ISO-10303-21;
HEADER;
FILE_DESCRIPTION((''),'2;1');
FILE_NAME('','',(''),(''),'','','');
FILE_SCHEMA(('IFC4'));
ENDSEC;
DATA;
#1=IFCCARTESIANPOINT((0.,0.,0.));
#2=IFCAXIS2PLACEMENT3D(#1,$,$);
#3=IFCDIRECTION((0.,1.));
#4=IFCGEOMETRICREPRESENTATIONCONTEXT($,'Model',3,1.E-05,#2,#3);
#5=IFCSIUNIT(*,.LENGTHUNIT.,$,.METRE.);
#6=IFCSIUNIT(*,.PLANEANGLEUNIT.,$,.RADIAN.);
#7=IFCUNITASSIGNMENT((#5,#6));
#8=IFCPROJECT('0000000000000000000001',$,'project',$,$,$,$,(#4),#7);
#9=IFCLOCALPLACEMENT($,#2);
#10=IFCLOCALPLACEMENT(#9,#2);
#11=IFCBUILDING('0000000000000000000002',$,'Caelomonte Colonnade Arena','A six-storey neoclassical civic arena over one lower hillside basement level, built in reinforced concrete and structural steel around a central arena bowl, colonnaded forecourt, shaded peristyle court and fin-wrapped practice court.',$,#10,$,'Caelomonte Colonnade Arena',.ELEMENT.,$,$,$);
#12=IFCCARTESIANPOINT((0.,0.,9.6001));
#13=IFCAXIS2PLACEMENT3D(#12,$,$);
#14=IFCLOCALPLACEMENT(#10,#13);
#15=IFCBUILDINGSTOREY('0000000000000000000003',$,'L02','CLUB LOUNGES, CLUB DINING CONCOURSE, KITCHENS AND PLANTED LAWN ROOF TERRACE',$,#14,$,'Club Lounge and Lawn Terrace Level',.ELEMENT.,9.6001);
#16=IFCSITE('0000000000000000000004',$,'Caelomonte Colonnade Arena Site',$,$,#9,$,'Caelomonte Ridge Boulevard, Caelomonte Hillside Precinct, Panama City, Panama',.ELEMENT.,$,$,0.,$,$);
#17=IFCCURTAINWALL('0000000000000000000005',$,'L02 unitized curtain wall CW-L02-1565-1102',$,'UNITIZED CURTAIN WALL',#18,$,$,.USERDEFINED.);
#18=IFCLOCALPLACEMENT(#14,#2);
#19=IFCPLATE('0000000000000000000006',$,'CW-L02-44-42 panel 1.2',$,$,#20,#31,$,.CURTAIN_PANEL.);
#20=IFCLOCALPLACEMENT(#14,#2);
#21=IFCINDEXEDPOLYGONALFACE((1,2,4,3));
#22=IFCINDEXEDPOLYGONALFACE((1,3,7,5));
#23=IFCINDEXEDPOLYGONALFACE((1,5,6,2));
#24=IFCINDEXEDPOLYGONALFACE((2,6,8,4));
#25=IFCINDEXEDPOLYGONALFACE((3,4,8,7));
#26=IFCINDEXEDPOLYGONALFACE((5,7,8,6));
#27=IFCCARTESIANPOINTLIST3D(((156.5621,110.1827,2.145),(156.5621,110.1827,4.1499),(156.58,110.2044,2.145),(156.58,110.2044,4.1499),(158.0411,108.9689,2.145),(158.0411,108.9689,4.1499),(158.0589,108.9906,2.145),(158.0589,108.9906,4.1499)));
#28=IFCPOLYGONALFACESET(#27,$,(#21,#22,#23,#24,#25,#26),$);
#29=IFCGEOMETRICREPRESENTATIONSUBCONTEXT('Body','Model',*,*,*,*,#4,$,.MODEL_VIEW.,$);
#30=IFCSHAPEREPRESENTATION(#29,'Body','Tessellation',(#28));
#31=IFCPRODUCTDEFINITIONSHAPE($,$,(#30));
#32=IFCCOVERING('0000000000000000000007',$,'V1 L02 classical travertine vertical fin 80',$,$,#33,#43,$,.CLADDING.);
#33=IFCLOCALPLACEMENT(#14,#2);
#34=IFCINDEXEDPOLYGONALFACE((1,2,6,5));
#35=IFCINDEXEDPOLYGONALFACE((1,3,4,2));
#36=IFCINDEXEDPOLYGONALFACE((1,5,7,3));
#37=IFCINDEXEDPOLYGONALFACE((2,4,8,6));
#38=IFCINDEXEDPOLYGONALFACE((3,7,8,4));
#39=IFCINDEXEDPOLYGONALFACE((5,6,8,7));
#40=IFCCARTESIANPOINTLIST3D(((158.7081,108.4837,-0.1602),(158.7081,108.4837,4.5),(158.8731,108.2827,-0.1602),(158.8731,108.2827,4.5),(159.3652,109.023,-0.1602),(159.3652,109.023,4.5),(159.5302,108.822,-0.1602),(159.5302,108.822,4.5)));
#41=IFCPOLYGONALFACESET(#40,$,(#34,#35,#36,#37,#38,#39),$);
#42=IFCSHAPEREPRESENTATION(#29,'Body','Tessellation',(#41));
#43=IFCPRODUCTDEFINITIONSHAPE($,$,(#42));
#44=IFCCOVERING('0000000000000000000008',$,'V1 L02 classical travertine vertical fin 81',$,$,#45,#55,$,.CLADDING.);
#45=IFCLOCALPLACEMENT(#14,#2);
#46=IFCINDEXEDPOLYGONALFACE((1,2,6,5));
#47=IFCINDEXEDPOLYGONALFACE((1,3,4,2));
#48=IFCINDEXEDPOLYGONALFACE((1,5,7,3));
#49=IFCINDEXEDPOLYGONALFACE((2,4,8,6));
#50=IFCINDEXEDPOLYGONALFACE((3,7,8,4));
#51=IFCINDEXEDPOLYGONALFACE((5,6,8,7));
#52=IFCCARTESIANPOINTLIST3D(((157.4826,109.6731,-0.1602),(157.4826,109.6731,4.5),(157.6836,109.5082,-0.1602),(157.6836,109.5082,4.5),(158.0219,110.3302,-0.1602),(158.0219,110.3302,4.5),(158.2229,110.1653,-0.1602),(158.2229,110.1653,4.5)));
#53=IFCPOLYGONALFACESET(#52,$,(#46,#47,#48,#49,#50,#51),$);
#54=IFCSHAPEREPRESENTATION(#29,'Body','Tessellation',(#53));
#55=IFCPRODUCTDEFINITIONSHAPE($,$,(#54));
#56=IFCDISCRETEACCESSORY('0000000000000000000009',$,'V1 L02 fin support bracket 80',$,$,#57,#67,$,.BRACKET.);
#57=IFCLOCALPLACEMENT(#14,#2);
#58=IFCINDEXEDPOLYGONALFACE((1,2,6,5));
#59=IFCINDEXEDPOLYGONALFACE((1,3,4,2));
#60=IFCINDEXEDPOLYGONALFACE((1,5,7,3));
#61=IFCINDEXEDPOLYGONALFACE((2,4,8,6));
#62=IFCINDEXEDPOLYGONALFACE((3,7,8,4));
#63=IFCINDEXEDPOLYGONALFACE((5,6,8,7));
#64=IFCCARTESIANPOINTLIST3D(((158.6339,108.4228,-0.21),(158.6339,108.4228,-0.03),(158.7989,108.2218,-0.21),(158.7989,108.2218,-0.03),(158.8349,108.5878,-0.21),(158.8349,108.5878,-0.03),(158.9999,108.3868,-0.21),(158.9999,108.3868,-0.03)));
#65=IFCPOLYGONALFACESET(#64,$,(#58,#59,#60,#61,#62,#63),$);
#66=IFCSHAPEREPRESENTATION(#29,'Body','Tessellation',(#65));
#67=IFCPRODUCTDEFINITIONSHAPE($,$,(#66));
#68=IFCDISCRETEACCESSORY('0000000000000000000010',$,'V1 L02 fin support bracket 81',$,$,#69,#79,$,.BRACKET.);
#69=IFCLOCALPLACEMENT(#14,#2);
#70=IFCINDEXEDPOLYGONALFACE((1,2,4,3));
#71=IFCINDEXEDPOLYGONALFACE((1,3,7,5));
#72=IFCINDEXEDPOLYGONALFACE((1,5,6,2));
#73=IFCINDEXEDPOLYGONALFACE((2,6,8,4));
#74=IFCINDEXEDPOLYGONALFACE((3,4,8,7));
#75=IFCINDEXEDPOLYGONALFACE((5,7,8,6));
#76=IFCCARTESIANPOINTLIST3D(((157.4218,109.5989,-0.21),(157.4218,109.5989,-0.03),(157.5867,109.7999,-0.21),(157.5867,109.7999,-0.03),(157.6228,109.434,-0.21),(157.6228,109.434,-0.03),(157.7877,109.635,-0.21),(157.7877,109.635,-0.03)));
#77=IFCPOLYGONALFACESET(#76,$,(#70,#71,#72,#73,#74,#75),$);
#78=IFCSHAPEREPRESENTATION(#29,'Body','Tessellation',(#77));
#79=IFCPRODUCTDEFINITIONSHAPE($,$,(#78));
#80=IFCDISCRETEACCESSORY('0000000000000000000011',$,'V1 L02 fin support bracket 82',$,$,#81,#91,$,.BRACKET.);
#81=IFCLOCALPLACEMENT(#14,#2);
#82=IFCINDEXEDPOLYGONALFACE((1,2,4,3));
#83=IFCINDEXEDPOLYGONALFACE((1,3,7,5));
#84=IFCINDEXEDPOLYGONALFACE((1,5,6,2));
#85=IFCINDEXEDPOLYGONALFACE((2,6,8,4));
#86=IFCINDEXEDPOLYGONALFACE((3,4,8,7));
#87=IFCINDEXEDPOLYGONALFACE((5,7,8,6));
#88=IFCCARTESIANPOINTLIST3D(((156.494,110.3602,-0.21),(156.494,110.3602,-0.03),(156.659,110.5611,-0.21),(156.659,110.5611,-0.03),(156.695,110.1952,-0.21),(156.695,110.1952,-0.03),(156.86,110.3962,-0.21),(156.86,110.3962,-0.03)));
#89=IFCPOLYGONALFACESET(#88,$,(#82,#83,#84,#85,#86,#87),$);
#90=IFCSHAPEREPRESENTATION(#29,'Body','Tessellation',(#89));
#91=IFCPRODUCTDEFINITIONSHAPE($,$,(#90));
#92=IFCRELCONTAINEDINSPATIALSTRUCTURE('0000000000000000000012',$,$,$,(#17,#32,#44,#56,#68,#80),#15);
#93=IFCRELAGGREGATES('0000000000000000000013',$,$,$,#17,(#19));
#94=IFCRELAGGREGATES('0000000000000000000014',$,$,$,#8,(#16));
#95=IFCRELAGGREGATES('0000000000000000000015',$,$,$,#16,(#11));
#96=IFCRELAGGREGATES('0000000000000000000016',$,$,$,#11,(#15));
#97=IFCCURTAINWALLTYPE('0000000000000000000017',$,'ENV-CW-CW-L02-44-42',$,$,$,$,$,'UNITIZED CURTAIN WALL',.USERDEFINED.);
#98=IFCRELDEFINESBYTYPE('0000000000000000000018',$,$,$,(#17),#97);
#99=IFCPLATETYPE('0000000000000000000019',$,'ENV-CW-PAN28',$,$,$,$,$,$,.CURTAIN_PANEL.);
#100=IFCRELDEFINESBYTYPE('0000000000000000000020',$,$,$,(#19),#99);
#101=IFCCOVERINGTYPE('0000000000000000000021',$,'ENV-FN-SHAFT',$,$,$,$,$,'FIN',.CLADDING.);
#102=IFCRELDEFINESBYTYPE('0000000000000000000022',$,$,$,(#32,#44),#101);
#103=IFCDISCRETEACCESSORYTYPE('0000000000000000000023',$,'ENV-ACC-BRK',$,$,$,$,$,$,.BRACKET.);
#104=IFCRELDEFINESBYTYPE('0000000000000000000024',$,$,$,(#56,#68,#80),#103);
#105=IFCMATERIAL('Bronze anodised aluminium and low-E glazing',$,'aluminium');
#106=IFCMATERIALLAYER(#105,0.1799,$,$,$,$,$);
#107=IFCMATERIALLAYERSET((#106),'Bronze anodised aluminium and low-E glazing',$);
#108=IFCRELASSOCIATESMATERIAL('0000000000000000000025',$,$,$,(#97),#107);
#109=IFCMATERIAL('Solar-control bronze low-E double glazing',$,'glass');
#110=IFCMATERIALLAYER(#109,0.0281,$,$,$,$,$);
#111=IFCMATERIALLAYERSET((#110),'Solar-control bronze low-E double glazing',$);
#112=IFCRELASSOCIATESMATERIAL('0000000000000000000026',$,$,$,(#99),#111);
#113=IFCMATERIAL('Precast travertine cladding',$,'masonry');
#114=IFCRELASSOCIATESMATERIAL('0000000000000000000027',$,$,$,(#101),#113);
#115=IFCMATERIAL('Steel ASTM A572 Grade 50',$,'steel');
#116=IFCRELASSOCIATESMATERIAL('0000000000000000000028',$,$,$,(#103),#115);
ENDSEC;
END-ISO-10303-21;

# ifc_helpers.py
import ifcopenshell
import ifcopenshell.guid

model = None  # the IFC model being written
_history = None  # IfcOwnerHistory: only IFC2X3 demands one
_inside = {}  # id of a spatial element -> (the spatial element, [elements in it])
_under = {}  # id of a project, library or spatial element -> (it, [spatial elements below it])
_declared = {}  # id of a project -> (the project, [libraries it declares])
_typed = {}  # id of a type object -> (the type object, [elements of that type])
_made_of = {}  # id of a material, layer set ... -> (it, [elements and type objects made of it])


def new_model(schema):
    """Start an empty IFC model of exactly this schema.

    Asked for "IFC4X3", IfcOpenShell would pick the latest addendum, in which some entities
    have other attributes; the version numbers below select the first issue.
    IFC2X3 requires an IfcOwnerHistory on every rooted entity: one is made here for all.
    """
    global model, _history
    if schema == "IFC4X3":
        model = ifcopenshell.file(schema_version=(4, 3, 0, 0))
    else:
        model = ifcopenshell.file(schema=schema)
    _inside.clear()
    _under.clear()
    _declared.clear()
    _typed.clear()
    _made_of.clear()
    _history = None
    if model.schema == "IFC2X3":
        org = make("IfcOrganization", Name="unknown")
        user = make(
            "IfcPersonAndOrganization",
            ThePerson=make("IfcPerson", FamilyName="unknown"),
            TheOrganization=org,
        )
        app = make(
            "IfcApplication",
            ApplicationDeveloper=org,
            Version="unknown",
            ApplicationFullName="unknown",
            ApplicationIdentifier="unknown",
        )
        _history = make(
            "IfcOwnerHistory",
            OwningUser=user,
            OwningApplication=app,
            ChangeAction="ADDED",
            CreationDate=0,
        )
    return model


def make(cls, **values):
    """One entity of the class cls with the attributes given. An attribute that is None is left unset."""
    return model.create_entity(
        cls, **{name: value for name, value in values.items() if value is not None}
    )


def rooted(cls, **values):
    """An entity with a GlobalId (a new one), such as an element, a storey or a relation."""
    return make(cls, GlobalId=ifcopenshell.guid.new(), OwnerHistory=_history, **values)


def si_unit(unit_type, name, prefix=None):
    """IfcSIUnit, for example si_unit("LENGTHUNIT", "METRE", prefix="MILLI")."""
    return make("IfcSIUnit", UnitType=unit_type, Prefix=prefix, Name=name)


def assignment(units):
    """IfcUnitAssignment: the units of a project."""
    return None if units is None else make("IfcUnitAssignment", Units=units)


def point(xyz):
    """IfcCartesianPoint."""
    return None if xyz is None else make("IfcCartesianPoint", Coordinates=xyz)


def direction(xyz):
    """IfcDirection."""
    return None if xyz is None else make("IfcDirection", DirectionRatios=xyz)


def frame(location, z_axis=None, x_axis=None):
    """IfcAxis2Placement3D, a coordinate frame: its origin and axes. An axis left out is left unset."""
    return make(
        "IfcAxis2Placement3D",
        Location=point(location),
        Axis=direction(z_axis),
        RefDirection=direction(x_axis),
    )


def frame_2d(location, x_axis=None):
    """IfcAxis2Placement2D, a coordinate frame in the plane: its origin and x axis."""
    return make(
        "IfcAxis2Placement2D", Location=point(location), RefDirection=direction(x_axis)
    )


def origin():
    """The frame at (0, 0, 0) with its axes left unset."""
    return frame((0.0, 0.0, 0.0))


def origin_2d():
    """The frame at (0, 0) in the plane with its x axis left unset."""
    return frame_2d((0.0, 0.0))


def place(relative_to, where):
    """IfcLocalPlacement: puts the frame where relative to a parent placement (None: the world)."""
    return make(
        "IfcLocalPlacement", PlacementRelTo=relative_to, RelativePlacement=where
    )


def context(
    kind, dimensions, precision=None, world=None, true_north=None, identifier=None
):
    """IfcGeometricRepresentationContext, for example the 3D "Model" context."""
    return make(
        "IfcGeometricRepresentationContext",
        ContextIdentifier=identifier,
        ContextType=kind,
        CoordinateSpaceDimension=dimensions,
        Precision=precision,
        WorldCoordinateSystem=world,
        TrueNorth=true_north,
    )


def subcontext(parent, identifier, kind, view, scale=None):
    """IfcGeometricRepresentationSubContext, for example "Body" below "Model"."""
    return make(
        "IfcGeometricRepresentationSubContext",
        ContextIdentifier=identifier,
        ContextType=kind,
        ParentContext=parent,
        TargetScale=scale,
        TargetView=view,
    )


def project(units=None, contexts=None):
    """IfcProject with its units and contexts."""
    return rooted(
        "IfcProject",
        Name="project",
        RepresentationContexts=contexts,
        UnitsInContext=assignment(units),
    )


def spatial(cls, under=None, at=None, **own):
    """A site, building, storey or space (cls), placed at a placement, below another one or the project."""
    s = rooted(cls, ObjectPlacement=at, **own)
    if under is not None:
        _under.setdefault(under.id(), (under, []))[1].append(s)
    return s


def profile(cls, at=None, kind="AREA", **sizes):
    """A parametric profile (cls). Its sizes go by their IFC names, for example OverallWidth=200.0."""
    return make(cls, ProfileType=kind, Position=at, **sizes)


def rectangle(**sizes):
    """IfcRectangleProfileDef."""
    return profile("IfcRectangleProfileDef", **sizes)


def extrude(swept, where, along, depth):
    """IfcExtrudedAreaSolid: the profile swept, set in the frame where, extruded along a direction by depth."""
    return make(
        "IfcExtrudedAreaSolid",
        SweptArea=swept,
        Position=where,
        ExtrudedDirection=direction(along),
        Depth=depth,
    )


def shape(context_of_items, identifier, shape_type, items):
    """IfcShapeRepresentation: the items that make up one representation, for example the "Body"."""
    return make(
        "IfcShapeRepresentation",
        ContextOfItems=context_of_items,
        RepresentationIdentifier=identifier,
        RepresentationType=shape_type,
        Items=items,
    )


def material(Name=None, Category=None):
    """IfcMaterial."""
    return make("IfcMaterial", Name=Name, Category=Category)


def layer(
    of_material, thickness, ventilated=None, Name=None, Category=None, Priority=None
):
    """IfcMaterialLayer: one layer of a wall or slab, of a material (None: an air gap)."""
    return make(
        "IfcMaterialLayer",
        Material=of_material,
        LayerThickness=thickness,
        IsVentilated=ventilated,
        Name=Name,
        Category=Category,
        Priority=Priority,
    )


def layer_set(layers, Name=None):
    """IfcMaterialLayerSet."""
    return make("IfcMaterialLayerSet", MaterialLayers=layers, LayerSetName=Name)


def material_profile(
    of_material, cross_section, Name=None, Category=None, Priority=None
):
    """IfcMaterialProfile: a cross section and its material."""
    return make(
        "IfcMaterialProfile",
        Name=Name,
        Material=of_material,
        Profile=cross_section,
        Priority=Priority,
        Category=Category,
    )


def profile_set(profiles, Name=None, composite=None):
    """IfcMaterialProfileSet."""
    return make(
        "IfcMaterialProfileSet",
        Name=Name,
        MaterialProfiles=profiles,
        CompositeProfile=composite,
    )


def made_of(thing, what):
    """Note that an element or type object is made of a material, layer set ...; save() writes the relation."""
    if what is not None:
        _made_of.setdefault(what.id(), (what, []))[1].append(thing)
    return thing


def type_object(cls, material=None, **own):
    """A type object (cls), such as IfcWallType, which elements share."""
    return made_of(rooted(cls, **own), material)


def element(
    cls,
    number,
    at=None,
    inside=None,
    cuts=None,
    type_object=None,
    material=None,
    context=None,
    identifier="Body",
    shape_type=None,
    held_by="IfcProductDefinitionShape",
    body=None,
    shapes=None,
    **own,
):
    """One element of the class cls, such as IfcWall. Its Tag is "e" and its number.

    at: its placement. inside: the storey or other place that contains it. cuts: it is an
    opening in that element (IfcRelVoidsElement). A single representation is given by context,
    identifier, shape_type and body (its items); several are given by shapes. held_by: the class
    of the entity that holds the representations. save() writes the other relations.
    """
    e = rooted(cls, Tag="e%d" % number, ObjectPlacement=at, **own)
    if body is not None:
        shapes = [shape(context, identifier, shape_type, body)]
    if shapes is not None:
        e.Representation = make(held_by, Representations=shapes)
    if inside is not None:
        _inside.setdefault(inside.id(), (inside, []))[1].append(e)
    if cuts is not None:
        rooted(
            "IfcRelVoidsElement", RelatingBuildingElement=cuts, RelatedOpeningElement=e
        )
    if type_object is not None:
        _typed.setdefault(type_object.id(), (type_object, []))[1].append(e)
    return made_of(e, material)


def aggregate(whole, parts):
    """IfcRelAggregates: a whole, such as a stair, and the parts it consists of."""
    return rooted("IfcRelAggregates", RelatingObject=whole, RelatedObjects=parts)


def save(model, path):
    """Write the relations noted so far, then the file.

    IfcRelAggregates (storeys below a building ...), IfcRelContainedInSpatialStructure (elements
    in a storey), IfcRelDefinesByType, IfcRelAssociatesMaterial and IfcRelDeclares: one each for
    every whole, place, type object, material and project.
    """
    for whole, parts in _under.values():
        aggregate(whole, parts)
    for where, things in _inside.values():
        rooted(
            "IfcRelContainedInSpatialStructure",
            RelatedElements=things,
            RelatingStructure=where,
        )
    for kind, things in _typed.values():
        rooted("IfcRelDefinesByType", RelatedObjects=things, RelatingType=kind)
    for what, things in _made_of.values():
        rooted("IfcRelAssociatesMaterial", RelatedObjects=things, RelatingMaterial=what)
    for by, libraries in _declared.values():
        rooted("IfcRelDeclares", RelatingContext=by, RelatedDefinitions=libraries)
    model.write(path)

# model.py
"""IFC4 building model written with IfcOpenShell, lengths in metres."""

from ifc_helpers import new_model, si_unit, direction, frame, origin, origin_2d, place, context, subcontext, project, spatial, rectangle, extrude, material, layer, layer_set, material_profile, profile_set, type_object, element, aggregate, save


model = new_model("IFC4")

# Units and contexts
model_context = context("Model", 3, precision=1e-05, world=origin(), true_north=direction((0.0, 1.0)))
body_context = subcontext(model_context, "Body", "Model", "MODEL_VIEW")
ifc_project = project(units=[si_unit("LENGTHUNIT", "METRE"), si_unit("PLANEANGLEUNIT", "RADIAN")], contexts=[model_context])

# Site, building, storey
site_placement = place(None, origin())
site = spatial("IfcSite", under=ifc_project, at=site_placement, Name="Caelomonte Colonnade Arena Site", LongName="Caelomonte Ridge Boulevard, Caelomonte Hillside Precinct, Panama City, Panama", CompositionType="ELEMENT", RefElevation=0.0)
building_placement = place(site_placement, origin())
building = spatial("IfcBuilding", under=site, at=building_placement, Name="Caelomonte Colonnade Arena", Description="A six-storey neoclassical civic arena over one lower hillside basement level, built in reinforced concrete and structural steel around a central arena bowl, colonnaded forecourt, shaded peristyle court and fin-wrapped practice court.", LongName="Caelomonte Colonnade Arena", CompositionType="ELEMENT")
storey_placement = place(building_placement, frame((0.0, 0.0, 9.6001)))
storey = spatial("IfcBuildingStorey", under=building, at=storey_placement, Name="L02", Description="CLUB LOUNGES, CLUB DINING CONCOURSE, KITCHENS AND PLANTED LAWN ROOF TERRACE", LongName="Club Lounge and Lawn Terrace Level", CompositionType="ELEMENT", Elevation=9.6001)

# Shared definitions
ifc_material_1 = material(Name="Bronze anodised aluminium and low-E glazing", Category="aluminium")

# Curtain wall
ifc_layer_1 = layer(ifc_material_1, 0.1799)
ifc_layer_set_1 = layer_set([ifc_layer_1], Name="Bronze anodised aluminium and low-E glazing")
curtain_wall_type_1 = type_object("IfcCurtainWallType", Name="ENV-CW-CW-L02-44-42", ElementType="UNITIZED CURTAIN WALL", PredefinedType="USERDEFINED", material=ifc_layer_set_1)
curtain_wall_1_placement = place(storey_placement, origin())
curtain_wall_1 = element("IfcCurtainWall", 1, at=curtain_wall_1_placement, inside=storey, type_object=curtain_wall_type_1, Name="L02 unitized curtain wall CW-L02-1565-1102", ObjectType="UNITIZED CURTAIN WALL", PredefinedType="USERDEFINED")

# Plate
ifc_material_2 = material(Name="Solar-control bronze low-E double glazing", Category="glass")
ifc_layer_2 = layer(ifc_material_2, 0.0281)
ifc_layer_set_2 = layer_set([ifc_layer_2], Name="Solar-control bronze low-E double glazing")
plate_type = type_object("IfcPlateType", Name="ENV-CW-PAN28", PredefinedType="CURTAIN_PANEL", material=ifc_layer_set_2)
plate_1_placement = place(storey_placement, frame((157.3105, 109.5867, 2.145), z_axis=(0.0, 0.0, 1.0), x_axis=(-0.772992, 0.634416, 0.0)))
plate_1 = element("IfcPlate", 2, at=plate_1_placement, type_object=plate_type, Name="CW-L02-44-42 panel 1.2", PredefinedType="CURTAIN_PANEL", context=body_context, shape_type="SweptSolid", body=[
    extrude(rectangle(XDim=1.9133, YDim=0.0281, at=origin_2d()), origin(), (0.0, 0.0, 1.0), 2.0049),
])
aggregate(curtain_wall_1, [plate_1])

# Coverings
ifc_material_3 = material(Name="Precast travertine cladding", Category="masonry")
ifc_material_profile_1 = material_profile(ifc_material_3, rectangle(XDim=0.26, YDim=0.8501, at=origin_2d()), Name="FIN260X850")
ifc_profile_set_1 = profile_set([ifc_material_profile_1], Name="Precast travertine cladding")
covering_type = type_object("IfcCoveringType", Name="ENV-FN-SHAFT", ElementType="FIN", PredefinedType="CLADDING", material=ifc_profile_set_1)
for number, where, z_axis, x_axis, name in (
    (3, (159.1191, 108.6528, -0.1602), (0.0, 0.0, 1.0), (0.634414, -0.772994, 0.0), "V1 L02 classical travertine vertical fin 80"),
    (4, (157.8528, 109.9192, -0.1602), (0.0, 0.0, 1.0), (0.772994, -0.634414, 0.0), "V1 L02 classical travertine vertical fin 81"),
):
    element("IfcCovering", number, at=place(storey_placement, frame(where, z_axis=z_axis, x_axis=x_axis)), inside=storey, type_object=covering_type, Name=name, PredefinedType="CLADDING", context=body_context, shape_type="SweptSolid", body=[
        extrude(rectangle(XDim=0.26, YDim=0.8501, at=origin_2d()), origin(), (0.0, 0.0, 1.0), 4.6602),
    ])

# Discrete accessories
ifc_material_4 = material(Name="Steel ASTM A572 Grade 50", Category="steel")
discrete_accessory_type = type_object("IfcDiscreteAccessoryType", Name="ENV-ACC-BRK", PredefinedType="BRACKET", material=ifc_material_4)
for number, where, z_axis, x_axis, name in (
    (5, (158.8169, 108.4048, -0.21), (0.0, 0.0, 1.0), (-0.634414, 0.772994, 0.0), "V1 L02 fin support bracket 80"),
    (6, (157.6047, 109.6169, -0.21), (0.0, 0.0, 1.0), (-0.772994, 0.634414, 0.0), "V1 L02 fin support bracket 81"),
    (7, (156.677, 110.3782, -0.21), (0.0, 0.0, 1.0), (-0.772994, 0.634414, 0.0), "V1 L02 fin support bracket 82"),
):
    element("IfcDiscreteAccessory", number, at=place(storey_placement, frame(where, z_axis=z_axis, x_axis=x_axis)), inside=storey, type_object=discrete_accessory_type, Name=name, PredefinedType="BRACKET", context=body_context, shape_type="SweptSolid", body=[
        extrude(rectangle(XDim=0.26, YDim=0.26, at=origin_2d()), origin(), (0.0, 0.0, 1.0), 0.1799),
    ])

save(model, "model.ifc")
